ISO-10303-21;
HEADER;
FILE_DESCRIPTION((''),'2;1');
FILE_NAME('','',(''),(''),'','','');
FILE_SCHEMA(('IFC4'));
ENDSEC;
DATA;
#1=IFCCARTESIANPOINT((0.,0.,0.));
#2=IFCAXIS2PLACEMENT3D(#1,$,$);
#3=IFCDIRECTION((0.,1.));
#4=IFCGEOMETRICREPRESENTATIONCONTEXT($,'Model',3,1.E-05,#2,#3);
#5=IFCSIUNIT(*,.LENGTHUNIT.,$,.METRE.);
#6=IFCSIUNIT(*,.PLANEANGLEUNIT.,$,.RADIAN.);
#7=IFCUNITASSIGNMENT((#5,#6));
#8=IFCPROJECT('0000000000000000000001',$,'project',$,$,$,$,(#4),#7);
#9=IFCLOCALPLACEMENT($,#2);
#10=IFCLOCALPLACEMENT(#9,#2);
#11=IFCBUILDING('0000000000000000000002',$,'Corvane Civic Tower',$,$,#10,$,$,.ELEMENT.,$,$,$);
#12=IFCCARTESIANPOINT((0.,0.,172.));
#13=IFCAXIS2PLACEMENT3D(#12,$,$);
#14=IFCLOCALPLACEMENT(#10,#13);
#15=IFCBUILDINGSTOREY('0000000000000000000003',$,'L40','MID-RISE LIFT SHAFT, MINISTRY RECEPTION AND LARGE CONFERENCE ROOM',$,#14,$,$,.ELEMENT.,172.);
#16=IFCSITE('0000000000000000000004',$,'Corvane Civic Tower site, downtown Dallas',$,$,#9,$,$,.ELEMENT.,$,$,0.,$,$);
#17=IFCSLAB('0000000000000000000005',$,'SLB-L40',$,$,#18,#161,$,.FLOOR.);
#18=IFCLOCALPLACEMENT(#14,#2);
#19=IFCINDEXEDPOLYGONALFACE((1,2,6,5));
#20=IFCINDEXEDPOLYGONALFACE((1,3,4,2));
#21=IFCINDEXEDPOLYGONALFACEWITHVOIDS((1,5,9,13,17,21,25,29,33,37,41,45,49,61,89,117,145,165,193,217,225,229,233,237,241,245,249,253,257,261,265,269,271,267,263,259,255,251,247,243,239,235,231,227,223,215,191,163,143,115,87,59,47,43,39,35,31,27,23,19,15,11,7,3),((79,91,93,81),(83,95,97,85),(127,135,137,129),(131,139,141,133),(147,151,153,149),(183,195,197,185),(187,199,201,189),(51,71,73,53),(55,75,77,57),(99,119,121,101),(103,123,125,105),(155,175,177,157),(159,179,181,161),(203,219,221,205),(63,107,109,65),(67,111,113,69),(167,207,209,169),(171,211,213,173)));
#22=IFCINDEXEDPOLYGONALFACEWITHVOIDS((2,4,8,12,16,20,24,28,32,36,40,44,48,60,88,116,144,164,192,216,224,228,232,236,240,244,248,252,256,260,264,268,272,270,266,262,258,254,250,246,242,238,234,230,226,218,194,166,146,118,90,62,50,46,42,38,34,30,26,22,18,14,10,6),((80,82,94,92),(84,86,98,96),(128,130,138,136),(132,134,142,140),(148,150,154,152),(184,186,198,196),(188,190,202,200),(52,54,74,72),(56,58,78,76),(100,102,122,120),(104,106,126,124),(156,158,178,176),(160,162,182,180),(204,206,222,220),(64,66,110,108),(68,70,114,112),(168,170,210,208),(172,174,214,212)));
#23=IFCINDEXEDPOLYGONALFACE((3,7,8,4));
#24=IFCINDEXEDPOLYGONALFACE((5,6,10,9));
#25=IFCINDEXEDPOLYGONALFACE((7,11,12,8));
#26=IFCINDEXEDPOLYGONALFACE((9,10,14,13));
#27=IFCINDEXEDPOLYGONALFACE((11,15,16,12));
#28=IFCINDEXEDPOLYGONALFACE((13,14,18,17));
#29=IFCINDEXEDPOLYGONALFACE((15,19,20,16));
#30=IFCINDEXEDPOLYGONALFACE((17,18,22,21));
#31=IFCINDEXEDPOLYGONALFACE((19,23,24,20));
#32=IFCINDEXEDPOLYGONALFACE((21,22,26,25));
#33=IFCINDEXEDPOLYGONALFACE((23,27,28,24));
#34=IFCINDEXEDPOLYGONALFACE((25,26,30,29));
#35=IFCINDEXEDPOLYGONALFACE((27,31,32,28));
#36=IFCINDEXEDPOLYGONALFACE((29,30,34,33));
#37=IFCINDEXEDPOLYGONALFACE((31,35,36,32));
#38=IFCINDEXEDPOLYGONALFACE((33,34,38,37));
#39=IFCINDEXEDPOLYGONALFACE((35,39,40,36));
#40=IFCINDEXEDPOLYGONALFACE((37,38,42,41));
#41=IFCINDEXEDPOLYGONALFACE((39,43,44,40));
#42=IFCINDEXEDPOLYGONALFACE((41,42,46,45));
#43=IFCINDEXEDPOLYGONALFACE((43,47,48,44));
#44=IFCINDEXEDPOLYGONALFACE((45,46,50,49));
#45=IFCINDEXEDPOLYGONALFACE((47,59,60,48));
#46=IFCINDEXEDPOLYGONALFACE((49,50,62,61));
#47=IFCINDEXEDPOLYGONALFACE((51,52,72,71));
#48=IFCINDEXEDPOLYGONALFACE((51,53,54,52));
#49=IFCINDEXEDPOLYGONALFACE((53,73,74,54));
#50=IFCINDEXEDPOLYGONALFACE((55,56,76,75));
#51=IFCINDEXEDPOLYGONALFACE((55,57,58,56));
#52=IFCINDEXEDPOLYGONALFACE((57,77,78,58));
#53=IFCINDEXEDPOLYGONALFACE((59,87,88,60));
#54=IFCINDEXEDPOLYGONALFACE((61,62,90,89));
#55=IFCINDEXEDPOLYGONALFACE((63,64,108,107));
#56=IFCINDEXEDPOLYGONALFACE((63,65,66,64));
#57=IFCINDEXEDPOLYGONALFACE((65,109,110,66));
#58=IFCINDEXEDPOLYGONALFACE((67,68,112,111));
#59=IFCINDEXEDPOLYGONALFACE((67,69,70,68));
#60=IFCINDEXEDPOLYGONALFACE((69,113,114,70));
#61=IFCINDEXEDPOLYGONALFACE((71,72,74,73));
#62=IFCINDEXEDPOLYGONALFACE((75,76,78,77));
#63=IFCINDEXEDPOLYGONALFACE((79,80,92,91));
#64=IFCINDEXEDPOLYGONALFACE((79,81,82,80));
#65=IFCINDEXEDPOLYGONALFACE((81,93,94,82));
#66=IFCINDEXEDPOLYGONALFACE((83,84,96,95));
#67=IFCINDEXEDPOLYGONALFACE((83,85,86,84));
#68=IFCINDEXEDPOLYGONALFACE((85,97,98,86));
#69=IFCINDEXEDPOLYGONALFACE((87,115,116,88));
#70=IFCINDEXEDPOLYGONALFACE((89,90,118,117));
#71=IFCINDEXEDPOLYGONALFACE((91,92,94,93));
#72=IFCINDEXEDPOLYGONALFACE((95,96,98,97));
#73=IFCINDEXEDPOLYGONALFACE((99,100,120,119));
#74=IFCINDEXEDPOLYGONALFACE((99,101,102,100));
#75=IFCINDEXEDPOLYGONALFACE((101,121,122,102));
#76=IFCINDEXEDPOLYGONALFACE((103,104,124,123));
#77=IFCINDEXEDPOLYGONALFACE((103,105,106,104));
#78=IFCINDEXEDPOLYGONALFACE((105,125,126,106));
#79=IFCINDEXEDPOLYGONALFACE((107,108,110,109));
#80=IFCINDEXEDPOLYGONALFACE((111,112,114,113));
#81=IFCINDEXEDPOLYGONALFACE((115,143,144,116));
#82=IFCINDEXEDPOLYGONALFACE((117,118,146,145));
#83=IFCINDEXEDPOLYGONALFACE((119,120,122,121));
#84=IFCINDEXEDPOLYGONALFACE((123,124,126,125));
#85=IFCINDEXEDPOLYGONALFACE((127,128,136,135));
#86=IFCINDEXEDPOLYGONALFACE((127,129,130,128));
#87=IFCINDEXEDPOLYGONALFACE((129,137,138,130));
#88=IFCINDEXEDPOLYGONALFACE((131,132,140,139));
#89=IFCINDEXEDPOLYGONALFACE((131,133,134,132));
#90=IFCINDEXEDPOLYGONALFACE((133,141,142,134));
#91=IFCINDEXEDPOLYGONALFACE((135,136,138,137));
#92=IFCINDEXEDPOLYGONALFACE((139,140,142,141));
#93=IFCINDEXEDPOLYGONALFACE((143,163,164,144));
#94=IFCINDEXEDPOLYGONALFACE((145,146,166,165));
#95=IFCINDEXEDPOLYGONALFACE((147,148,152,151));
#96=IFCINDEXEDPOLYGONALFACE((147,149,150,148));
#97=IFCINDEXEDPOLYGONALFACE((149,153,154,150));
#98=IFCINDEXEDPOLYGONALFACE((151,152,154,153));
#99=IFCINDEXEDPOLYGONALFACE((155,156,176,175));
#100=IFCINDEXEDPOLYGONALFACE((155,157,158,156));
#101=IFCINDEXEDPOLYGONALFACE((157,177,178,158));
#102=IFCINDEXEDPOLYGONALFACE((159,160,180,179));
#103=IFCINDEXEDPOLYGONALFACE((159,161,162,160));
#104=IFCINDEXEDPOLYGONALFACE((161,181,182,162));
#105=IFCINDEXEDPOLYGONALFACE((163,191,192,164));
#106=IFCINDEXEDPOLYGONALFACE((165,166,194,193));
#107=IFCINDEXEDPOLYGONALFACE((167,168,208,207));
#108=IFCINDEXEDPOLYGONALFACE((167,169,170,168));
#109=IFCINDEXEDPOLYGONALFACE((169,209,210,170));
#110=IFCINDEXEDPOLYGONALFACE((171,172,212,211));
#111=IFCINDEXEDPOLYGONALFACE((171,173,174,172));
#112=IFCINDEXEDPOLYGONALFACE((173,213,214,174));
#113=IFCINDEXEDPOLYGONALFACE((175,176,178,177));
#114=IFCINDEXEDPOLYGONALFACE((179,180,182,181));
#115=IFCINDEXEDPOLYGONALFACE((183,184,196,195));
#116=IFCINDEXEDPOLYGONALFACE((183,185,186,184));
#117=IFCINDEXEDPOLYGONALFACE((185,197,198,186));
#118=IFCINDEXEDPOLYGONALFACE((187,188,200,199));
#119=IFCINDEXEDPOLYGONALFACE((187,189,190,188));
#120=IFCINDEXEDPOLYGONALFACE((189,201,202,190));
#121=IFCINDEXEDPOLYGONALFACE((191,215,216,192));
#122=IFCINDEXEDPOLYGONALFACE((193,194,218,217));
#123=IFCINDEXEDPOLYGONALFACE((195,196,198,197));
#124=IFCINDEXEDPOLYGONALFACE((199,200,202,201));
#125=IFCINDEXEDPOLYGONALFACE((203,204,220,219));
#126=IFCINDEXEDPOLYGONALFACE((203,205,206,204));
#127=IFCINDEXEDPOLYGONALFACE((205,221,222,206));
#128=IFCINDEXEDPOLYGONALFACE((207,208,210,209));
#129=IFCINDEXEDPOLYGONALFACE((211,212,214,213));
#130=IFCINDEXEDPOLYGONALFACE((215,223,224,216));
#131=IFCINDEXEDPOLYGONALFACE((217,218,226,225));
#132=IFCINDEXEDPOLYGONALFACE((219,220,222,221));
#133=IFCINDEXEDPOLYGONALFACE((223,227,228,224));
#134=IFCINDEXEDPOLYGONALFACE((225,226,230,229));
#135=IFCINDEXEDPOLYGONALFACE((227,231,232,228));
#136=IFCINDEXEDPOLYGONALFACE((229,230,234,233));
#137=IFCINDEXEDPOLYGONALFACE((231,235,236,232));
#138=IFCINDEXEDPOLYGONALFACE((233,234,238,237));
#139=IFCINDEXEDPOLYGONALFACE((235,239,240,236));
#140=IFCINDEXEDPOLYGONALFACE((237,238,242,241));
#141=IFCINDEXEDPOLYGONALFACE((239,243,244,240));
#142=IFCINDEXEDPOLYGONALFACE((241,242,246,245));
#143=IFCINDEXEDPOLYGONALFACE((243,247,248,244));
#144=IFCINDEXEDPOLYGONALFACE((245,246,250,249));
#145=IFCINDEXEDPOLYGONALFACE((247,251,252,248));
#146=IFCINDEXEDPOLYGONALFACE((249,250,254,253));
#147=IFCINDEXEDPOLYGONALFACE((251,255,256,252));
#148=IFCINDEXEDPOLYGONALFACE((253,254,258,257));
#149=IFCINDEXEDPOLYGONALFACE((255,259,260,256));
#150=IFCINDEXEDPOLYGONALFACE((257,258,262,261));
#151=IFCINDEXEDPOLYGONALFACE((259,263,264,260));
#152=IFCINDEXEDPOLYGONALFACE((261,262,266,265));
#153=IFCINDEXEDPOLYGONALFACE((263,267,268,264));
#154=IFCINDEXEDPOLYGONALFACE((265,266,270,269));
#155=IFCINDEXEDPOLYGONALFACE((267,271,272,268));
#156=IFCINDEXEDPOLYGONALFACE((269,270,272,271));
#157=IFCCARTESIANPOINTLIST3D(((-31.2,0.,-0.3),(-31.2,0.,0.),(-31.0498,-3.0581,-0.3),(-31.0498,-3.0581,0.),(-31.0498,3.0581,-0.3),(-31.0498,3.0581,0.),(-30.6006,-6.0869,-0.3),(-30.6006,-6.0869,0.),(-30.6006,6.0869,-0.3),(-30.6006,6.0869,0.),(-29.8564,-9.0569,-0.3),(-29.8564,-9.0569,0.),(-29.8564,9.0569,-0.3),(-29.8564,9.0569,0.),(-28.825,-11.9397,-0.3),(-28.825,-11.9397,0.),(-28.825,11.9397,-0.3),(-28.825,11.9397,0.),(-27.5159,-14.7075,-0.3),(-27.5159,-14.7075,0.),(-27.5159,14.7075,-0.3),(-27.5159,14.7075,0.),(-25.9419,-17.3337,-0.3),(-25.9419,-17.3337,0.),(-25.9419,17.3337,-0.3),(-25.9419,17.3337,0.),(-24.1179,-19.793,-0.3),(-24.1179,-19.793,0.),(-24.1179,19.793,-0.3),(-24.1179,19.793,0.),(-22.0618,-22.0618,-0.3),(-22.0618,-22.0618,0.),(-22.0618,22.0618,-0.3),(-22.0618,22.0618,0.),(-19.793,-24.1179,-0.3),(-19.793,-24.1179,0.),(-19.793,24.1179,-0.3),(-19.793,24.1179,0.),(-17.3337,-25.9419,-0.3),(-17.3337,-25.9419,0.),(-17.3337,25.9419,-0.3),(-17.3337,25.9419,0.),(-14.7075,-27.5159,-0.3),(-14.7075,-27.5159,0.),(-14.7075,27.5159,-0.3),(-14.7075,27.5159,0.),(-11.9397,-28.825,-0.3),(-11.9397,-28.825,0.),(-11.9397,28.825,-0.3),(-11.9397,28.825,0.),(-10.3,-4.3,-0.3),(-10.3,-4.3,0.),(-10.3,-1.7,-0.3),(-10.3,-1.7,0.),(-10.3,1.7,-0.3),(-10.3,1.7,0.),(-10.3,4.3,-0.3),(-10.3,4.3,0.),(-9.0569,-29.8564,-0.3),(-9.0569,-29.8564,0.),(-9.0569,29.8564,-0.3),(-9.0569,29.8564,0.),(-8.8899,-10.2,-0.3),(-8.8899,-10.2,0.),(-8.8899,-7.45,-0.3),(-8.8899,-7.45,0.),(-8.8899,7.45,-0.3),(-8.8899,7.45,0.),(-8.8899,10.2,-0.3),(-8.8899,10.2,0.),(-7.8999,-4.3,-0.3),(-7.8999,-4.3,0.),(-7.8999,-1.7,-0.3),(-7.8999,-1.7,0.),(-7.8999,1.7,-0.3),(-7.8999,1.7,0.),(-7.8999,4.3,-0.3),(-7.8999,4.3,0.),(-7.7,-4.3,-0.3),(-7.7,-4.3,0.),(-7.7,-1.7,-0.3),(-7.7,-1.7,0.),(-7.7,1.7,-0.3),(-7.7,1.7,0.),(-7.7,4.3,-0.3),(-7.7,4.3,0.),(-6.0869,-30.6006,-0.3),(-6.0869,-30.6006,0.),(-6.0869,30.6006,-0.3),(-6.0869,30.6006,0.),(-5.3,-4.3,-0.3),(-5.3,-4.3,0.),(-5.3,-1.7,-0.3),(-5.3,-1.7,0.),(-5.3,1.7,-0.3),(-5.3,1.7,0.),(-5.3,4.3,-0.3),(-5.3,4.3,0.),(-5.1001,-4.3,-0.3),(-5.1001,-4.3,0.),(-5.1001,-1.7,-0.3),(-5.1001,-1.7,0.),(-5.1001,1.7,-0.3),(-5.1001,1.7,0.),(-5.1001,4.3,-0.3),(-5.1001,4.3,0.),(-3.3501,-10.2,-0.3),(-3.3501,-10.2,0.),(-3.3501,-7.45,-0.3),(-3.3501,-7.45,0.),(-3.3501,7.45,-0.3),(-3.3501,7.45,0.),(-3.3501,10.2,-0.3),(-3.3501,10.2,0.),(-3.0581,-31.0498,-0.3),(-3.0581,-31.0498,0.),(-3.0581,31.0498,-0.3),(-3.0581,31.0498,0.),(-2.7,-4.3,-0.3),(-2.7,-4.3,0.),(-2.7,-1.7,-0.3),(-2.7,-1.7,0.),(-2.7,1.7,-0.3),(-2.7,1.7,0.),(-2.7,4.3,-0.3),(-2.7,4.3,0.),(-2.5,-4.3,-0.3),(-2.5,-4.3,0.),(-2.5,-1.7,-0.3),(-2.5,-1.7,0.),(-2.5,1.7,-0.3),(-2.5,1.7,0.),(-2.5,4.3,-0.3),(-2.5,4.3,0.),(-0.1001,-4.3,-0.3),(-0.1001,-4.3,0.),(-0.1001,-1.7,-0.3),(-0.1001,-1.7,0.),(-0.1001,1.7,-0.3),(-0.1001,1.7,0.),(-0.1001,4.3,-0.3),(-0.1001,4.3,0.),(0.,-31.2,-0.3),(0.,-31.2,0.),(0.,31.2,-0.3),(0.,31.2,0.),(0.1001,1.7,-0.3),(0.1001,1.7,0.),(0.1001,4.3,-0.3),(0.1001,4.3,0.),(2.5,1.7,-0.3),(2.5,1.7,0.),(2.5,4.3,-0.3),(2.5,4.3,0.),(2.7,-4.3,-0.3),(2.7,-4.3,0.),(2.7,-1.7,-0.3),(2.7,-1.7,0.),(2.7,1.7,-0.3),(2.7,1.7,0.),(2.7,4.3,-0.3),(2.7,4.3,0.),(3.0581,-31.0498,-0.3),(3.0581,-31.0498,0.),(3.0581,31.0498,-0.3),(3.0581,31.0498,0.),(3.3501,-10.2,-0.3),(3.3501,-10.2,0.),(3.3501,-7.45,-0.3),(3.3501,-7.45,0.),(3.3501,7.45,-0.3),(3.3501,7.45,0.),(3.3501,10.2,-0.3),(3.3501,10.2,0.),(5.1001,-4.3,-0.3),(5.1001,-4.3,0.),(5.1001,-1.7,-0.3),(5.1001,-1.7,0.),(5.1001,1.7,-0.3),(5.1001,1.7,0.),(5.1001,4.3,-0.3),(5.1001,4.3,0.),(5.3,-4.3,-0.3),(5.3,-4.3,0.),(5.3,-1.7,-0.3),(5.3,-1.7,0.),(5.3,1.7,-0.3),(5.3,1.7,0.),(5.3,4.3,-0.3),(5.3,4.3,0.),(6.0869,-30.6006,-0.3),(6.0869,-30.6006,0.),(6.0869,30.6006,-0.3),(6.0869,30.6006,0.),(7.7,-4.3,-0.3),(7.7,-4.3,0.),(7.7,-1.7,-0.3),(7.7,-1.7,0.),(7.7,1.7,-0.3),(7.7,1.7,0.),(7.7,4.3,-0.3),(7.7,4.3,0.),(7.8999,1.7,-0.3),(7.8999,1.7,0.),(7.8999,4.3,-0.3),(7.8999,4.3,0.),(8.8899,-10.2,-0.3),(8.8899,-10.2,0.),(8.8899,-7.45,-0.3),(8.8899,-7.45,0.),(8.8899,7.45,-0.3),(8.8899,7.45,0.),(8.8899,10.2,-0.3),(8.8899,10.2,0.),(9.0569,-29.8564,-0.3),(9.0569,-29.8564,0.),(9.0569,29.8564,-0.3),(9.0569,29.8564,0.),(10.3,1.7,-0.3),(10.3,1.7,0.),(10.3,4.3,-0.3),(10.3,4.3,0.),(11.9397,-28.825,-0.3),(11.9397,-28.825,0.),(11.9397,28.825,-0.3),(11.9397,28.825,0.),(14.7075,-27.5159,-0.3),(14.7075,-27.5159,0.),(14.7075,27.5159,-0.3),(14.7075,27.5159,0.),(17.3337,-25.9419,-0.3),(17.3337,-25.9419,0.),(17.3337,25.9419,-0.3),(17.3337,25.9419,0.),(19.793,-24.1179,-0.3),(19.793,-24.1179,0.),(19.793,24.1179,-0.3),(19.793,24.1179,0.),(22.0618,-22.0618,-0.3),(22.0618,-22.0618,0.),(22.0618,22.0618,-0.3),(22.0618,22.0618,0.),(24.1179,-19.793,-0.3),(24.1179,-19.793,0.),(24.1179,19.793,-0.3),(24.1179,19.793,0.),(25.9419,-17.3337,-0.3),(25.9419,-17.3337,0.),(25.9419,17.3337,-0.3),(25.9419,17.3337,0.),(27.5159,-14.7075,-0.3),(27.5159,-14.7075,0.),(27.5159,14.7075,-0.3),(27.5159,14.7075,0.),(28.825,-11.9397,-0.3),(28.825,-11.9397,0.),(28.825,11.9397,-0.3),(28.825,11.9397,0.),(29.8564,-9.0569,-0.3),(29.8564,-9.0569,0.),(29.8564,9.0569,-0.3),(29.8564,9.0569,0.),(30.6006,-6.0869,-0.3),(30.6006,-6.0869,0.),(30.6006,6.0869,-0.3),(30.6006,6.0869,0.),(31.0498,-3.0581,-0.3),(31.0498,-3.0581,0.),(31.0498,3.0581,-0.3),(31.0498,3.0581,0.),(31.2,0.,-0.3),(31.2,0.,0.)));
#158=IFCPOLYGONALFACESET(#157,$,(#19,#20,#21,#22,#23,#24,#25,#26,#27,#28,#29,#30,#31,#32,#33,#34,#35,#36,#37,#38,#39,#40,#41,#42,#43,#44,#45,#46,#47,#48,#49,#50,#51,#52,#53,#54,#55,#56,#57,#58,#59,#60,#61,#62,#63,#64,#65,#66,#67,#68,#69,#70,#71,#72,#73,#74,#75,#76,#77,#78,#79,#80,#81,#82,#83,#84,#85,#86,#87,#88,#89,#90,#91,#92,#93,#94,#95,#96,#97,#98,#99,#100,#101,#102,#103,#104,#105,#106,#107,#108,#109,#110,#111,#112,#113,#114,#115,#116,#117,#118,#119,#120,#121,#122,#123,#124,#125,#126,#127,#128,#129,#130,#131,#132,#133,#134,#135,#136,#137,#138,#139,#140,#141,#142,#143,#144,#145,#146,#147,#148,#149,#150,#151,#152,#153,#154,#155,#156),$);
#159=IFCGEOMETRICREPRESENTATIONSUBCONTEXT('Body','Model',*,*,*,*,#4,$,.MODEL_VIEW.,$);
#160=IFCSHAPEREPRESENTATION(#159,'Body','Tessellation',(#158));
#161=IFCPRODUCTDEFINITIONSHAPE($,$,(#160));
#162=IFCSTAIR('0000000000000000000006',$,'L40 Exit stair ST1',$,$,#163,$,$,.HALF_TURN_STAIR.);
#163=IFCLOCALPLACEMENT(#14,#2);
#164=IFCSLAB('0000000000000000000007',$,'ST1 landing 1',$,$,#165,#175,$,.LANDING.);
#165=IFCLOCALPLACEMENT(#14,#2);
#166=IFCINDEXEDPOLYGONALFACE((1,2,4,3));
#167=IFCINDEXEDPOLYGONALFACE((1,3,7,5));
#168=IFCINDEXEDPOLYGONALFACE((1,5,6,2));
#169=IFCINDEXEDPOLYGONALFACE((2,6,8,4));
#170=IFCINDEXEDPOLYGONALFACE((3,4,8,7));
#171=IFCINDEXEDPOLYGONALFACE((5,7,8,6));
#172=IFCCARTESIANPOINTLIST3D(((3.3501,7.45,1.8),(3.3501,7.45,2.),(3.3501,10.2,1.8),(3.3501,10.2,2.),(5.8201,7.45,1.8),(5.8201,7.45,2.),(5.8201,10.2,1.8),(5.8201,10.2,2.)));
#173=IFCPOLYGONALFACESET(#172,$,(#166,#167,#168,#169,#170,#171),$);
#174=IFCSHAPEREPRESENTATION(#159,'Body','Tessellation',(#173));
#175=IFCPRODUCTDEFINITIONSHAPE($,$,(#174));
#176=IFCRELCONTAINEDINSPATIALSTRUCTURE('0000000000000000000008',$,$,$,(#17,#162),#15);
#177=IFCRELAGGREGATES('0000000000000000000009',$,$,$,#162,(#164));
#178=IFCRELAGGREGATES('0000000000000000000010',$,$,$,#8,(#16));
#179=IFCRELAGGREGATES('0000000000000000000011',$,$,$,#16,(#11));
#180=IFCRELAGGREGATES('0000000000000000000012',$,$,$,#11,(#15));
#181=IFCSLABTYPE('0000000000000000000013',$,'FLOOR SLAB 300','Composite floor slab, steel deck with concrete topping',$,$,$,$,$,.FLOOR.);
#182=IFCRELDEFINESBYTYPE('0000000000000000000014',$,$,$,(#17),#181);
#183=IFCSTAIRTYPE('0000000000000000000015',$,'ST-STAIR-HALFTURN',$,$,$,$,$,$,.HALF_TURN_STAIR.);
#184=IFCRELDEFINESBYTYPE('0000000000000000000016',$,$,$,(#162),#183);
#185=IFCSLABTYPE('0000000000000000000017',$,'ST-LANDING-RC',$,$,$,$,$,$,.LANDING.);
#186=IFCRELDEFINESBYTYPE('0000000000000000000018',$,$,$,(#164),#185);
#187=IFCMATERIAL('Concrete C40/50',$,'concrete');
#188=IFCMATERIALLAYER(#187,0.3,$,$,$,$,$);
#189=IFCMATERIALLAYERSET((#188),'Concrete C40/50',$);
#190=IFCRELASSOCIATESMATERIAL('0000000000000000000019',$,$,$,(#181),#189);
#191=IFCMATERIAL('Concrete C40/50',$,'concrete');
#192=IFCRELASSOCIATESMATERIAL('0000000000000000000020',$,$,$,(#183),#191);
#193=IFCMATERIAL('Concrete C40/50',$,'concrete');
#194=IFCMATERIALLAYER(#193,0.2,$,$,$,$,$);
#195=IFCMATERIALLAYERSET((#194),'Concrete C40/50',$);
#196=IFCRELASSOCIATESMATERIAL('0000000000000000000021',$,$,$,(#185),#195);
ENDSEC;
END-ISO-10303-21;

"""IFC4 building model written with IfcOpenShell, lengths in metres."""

from ifc_helpers import new_model, si_unit, direction, frame, origin, place, context, subcontext, project, spatial, polyline, outline, extrude, material, layer, layer_set, type_object, element, aggregate, save


model = new_model("IFC4")

# Units and contexts
model_context = context("Model", 3, precision=1e-05, world=origin(), true_north=direction((0.0, 1.0)))
body_context = subcontext(model_context, "Body", "Model", "MODEL_VIEW")
ifc_project = project(units=[si_unit("LENGTHUNIT", "METRE"), si_unit("PLANEANGLEUNIT", "RADIAN")], contexts=[model_context])

# Site, building, storey
site_placement = place(None, origin())
site = spatial("IfcSite", under=ifc_project, at=site_placement, Name="Corvane Civic Tower site, downtown Dallas", CompositionType="ELEMENT", RefElevation=0.0)
building_placement = place(site_placement, origin())
building = spatial("IfcBuilding", under=site, at=building_placement, Name="Corvane Civic Tower", CompositionType="ELEMENT")
storey_placement = place(building_placement, frame((0.0, 0.0, 172.0)))
storey = spatial("IfcBuildingStorey", under=building, at=storey_placement, Name="L40", Description="MID-RISE LIFT SHAFT, MINISTRY RECEPTION AND LARGE CONFERENCE ROOM", CompositionType="ELEMENT", Elevation=172.0)

# Slab
ifc_material_1 = material(Name="Concrete C40/50", Category="concrete")
ifc_layer_1 = layer(ifc_material_1, 0.3)
ifc_layer_set_1 = layer_set([ifc_layer_1], Name="Concrete C40/50")
slab_type_1 = type_object("IfcSlabType", Name="FLOOR SLAB 300", Description="Composite floor slab, steel deck with concrete topping", PredefinedType="FLOOR", material=ifc_layer_set_1)
slab_1_placement = place(storey_placement, frame((0.0, 0.0, -0.3)))
element("IfcSlab", 1, at=slab_1_placement, inside=storey, type_object=slab_type_1, Name="SLB-L40", PredefinedType="FLOOR", context=body_context, shape_type="SweptSolid", body=[
    extrude(outline(polyline([(0.0, 31.2), (-3.0581, 31.0498), (-6.0869, 30.6006), (-9.0569, 29.8564), (-11.9397, 28.825), (-14.7075, 27.5159), (-17.3337, 25.9419), (-19.793, 24.1179), (-22.0618, 22.0618), (-24.1179, 19.793), (-25.9419, 17.3337), (-27.5159, 14.7075), (-28.825, 11.9397), (-29.8564, 9.0569), (-30.6006, 6.0869), (-31.0498, 3.0581), (-31.2, 0.0), (-31.0498, -3.0581), (-30.6006, -6.0869), (-29.8564, -9.0569), (-28.825, -11.9397), (-27.5159, -14.7075), (-25.9419, -17.3337), (-24.1179, -19.793), (-22.0618, -22.0618), (-19.793, -24.1179), (-17.3337, -25.9419), (-14.7075, -27.5159), (-11.9397, -28.825), (-9.0569, -29.8564), (-6.0869, -30.6006), (-3.0581, -31.0498), (0.0, -31.2), (3.0581, -31.0498), (6.0869, -30.6006), (9.0569, -29.8564), (11.9397, -28.825), (14.7075, -27.5159), (17.3337, -25.9419), (19.793, -24.1179), (22.0618, -22.0618), (24.1179, -19.793), (25.9419, -17.3337), (27.5159, -14.7075), (28.825, -11.9397), (29.8564, -9.0569), (30.6006, -6.0869), (31.0498, -3.0581), (31.2, 0.0), (31.0498, 3.0581), (30.6006, 6.0869), (29.8564, 9.0569), (28.825, 11.9397), (27.5159, 14.7075), (25.9419, 17.3337), (24.1179, 19.793), (22.0618, 22.0618), (19.793, 24.1179), (17.3337, 25.9419), (14.7075, 27.5159), (11.9397, 28.825), (9.0569, 29.8564), (6.0869, 30.6006), (3.0581, 31.0498), (0.0, 31.2)]), holes=[polyline([(-7.8999, 1.7), (-10.3, 1.7), (-10.3, 4.3), (-7.8999, 4.3), (-7.8999, 1.7)]), polyline([(-5.3, 1.7), (-7.7, 1.7), (-7.7, 4.3), (-5.3, 4.3), (-5.3, 1.7)]), polyline([(-2.7, 1.7), (-5.1001, 1.7), (-5.1001, 4.3), (-2.7, 4.3), (-2.7, 1.7)]), polyline([(-2.5, 4.3), (-0.1001, 4.3), (-0.1001, 1.7), (-2.5, 1.7), (-2.5, 4.3)]), polyline([(2.5, 1.7), (0.1001, 1.7), (0.1001, 4.3), (2.5, 4.3), (2.5, 1.7)]), polyline([(5.1001, 1.7), (2.7, 1.7), (2.7, 4.3), (5.1001, 4.3), (5.1001, 1.7)]), polyline([(5.3, 4.3), (7.7, 4.3), (7.7, 1.7), (5.3, 1.7), (5.3, 4.3)]), polyline([(7.8999, 4.3), (10.3, 4.3), (10.3, 1.7), (7.8999, 1.7), (7.8999, 4.3)]), polyline([(-10.3, -1.7), (-7.8999, -1.7), (-7.8999, -4.3), (-10.3, -4.3), (-10.3, -1.7)]), polyline([(-7.7, -1.7), (-5.3, -1.7), (-5.3, -4.3), (-7.7, -4.3), (-7.7, -1.7)]), polyline([(-5.1001, -1.7), (-2.7, -1.7), (-2.7, -4.3), (-5.1001, -4.3), (-5.1001, -1.7)]), polyline([(-2.5, -1.7), (-0.1001, -1.7), (-0.1001, -4.3), (-2.5, -4.3), (-2.5, -1.7)]), polyline([(2.7, -1.7), (5.1001, -1.7), (5.1001, -4.3), (2.7, -4.3), (2.7, -1.7)]), polyline([(5.3, -1.7), (7.7, -1.7), (7.7, -4.3), (5.3, -4.3), (5.3, -1.7)]), polyline([(8.8899, 10.2), (8.8899, 7.45), (3.3501, 7.45), (3.3501, 10.2), (8.8899, 10.2)]), polyline([(-8.8899, 7.45), (-8.8899, 10.2), (-3.3501, 10.2), (-3.3501, 7.45), (-8.8899, 7.45)]), polyline([(8.8899, -7.45), (8.8899, -10.2), (3.3501, -10.2), (3.3501, -7.45), (8.8899, -7.45)]), polyline([(-8.8899, -10.2), (-8.8899, -7.45), (-3.3501, -7.45), (-3.3501, -10.2), (-8.8899, -10.2)])]), origin(), (0.0, 0.0, 1.0), 0.3),
])

# Stair, slab
ifc_material_2 = material(Name="Concrete C40/50", Category="concrete")
stair_type = type_object("IfcStairType", Name="ST-STAIR-HALFTURN", PredefinedType="HALF_TURN_STAIR", material=ifc_material_2)
stair_1_placement = place(storey_placement, origin())
stair_1 = element("IfcStair", 2, at=stair_1_placement, inside=storey, type_object=stair_type, Name="L40 Exit stair ST1", PredefinedType="HALF_TURN_STAIR")
ifc_material_3 = material(Name="Concrete C40/50", Category="concrete")
ifc_layer_2 = layer(ifc_material_3, 0.2)
ifc_layer_set_2 = layer_set([ifc_layer_2], Name="Concrete C40/50")
slab_type_2 = type_object("IfcSlabType", Name="ST-LANDING-RC", PredefinedType="LANDING", material=ifc_layer_set_2)
slab_2_placement = place(storey_placement, frame((0.0, 0.0, 1.8)))
slab_2 = element("IfcSlab", 3, at=slab_2_placement, type_object=slab_type_2, Name="ST1 landing 1", PredefinedType="LANDING", context=body_context, shape_type="SweptSolid", body=[
    extrude(outline(polyline([(5.8201, 10.2), (3.3501, 10.2), (3.3501, 7.45), (5.8201, 7.45), (5.8201, 10.2)])), origin(), (0.0, 0.0, 1.0), 0.2),
])
aggregate(stair_1, [slab_2])

save(model, "model.ifc")
